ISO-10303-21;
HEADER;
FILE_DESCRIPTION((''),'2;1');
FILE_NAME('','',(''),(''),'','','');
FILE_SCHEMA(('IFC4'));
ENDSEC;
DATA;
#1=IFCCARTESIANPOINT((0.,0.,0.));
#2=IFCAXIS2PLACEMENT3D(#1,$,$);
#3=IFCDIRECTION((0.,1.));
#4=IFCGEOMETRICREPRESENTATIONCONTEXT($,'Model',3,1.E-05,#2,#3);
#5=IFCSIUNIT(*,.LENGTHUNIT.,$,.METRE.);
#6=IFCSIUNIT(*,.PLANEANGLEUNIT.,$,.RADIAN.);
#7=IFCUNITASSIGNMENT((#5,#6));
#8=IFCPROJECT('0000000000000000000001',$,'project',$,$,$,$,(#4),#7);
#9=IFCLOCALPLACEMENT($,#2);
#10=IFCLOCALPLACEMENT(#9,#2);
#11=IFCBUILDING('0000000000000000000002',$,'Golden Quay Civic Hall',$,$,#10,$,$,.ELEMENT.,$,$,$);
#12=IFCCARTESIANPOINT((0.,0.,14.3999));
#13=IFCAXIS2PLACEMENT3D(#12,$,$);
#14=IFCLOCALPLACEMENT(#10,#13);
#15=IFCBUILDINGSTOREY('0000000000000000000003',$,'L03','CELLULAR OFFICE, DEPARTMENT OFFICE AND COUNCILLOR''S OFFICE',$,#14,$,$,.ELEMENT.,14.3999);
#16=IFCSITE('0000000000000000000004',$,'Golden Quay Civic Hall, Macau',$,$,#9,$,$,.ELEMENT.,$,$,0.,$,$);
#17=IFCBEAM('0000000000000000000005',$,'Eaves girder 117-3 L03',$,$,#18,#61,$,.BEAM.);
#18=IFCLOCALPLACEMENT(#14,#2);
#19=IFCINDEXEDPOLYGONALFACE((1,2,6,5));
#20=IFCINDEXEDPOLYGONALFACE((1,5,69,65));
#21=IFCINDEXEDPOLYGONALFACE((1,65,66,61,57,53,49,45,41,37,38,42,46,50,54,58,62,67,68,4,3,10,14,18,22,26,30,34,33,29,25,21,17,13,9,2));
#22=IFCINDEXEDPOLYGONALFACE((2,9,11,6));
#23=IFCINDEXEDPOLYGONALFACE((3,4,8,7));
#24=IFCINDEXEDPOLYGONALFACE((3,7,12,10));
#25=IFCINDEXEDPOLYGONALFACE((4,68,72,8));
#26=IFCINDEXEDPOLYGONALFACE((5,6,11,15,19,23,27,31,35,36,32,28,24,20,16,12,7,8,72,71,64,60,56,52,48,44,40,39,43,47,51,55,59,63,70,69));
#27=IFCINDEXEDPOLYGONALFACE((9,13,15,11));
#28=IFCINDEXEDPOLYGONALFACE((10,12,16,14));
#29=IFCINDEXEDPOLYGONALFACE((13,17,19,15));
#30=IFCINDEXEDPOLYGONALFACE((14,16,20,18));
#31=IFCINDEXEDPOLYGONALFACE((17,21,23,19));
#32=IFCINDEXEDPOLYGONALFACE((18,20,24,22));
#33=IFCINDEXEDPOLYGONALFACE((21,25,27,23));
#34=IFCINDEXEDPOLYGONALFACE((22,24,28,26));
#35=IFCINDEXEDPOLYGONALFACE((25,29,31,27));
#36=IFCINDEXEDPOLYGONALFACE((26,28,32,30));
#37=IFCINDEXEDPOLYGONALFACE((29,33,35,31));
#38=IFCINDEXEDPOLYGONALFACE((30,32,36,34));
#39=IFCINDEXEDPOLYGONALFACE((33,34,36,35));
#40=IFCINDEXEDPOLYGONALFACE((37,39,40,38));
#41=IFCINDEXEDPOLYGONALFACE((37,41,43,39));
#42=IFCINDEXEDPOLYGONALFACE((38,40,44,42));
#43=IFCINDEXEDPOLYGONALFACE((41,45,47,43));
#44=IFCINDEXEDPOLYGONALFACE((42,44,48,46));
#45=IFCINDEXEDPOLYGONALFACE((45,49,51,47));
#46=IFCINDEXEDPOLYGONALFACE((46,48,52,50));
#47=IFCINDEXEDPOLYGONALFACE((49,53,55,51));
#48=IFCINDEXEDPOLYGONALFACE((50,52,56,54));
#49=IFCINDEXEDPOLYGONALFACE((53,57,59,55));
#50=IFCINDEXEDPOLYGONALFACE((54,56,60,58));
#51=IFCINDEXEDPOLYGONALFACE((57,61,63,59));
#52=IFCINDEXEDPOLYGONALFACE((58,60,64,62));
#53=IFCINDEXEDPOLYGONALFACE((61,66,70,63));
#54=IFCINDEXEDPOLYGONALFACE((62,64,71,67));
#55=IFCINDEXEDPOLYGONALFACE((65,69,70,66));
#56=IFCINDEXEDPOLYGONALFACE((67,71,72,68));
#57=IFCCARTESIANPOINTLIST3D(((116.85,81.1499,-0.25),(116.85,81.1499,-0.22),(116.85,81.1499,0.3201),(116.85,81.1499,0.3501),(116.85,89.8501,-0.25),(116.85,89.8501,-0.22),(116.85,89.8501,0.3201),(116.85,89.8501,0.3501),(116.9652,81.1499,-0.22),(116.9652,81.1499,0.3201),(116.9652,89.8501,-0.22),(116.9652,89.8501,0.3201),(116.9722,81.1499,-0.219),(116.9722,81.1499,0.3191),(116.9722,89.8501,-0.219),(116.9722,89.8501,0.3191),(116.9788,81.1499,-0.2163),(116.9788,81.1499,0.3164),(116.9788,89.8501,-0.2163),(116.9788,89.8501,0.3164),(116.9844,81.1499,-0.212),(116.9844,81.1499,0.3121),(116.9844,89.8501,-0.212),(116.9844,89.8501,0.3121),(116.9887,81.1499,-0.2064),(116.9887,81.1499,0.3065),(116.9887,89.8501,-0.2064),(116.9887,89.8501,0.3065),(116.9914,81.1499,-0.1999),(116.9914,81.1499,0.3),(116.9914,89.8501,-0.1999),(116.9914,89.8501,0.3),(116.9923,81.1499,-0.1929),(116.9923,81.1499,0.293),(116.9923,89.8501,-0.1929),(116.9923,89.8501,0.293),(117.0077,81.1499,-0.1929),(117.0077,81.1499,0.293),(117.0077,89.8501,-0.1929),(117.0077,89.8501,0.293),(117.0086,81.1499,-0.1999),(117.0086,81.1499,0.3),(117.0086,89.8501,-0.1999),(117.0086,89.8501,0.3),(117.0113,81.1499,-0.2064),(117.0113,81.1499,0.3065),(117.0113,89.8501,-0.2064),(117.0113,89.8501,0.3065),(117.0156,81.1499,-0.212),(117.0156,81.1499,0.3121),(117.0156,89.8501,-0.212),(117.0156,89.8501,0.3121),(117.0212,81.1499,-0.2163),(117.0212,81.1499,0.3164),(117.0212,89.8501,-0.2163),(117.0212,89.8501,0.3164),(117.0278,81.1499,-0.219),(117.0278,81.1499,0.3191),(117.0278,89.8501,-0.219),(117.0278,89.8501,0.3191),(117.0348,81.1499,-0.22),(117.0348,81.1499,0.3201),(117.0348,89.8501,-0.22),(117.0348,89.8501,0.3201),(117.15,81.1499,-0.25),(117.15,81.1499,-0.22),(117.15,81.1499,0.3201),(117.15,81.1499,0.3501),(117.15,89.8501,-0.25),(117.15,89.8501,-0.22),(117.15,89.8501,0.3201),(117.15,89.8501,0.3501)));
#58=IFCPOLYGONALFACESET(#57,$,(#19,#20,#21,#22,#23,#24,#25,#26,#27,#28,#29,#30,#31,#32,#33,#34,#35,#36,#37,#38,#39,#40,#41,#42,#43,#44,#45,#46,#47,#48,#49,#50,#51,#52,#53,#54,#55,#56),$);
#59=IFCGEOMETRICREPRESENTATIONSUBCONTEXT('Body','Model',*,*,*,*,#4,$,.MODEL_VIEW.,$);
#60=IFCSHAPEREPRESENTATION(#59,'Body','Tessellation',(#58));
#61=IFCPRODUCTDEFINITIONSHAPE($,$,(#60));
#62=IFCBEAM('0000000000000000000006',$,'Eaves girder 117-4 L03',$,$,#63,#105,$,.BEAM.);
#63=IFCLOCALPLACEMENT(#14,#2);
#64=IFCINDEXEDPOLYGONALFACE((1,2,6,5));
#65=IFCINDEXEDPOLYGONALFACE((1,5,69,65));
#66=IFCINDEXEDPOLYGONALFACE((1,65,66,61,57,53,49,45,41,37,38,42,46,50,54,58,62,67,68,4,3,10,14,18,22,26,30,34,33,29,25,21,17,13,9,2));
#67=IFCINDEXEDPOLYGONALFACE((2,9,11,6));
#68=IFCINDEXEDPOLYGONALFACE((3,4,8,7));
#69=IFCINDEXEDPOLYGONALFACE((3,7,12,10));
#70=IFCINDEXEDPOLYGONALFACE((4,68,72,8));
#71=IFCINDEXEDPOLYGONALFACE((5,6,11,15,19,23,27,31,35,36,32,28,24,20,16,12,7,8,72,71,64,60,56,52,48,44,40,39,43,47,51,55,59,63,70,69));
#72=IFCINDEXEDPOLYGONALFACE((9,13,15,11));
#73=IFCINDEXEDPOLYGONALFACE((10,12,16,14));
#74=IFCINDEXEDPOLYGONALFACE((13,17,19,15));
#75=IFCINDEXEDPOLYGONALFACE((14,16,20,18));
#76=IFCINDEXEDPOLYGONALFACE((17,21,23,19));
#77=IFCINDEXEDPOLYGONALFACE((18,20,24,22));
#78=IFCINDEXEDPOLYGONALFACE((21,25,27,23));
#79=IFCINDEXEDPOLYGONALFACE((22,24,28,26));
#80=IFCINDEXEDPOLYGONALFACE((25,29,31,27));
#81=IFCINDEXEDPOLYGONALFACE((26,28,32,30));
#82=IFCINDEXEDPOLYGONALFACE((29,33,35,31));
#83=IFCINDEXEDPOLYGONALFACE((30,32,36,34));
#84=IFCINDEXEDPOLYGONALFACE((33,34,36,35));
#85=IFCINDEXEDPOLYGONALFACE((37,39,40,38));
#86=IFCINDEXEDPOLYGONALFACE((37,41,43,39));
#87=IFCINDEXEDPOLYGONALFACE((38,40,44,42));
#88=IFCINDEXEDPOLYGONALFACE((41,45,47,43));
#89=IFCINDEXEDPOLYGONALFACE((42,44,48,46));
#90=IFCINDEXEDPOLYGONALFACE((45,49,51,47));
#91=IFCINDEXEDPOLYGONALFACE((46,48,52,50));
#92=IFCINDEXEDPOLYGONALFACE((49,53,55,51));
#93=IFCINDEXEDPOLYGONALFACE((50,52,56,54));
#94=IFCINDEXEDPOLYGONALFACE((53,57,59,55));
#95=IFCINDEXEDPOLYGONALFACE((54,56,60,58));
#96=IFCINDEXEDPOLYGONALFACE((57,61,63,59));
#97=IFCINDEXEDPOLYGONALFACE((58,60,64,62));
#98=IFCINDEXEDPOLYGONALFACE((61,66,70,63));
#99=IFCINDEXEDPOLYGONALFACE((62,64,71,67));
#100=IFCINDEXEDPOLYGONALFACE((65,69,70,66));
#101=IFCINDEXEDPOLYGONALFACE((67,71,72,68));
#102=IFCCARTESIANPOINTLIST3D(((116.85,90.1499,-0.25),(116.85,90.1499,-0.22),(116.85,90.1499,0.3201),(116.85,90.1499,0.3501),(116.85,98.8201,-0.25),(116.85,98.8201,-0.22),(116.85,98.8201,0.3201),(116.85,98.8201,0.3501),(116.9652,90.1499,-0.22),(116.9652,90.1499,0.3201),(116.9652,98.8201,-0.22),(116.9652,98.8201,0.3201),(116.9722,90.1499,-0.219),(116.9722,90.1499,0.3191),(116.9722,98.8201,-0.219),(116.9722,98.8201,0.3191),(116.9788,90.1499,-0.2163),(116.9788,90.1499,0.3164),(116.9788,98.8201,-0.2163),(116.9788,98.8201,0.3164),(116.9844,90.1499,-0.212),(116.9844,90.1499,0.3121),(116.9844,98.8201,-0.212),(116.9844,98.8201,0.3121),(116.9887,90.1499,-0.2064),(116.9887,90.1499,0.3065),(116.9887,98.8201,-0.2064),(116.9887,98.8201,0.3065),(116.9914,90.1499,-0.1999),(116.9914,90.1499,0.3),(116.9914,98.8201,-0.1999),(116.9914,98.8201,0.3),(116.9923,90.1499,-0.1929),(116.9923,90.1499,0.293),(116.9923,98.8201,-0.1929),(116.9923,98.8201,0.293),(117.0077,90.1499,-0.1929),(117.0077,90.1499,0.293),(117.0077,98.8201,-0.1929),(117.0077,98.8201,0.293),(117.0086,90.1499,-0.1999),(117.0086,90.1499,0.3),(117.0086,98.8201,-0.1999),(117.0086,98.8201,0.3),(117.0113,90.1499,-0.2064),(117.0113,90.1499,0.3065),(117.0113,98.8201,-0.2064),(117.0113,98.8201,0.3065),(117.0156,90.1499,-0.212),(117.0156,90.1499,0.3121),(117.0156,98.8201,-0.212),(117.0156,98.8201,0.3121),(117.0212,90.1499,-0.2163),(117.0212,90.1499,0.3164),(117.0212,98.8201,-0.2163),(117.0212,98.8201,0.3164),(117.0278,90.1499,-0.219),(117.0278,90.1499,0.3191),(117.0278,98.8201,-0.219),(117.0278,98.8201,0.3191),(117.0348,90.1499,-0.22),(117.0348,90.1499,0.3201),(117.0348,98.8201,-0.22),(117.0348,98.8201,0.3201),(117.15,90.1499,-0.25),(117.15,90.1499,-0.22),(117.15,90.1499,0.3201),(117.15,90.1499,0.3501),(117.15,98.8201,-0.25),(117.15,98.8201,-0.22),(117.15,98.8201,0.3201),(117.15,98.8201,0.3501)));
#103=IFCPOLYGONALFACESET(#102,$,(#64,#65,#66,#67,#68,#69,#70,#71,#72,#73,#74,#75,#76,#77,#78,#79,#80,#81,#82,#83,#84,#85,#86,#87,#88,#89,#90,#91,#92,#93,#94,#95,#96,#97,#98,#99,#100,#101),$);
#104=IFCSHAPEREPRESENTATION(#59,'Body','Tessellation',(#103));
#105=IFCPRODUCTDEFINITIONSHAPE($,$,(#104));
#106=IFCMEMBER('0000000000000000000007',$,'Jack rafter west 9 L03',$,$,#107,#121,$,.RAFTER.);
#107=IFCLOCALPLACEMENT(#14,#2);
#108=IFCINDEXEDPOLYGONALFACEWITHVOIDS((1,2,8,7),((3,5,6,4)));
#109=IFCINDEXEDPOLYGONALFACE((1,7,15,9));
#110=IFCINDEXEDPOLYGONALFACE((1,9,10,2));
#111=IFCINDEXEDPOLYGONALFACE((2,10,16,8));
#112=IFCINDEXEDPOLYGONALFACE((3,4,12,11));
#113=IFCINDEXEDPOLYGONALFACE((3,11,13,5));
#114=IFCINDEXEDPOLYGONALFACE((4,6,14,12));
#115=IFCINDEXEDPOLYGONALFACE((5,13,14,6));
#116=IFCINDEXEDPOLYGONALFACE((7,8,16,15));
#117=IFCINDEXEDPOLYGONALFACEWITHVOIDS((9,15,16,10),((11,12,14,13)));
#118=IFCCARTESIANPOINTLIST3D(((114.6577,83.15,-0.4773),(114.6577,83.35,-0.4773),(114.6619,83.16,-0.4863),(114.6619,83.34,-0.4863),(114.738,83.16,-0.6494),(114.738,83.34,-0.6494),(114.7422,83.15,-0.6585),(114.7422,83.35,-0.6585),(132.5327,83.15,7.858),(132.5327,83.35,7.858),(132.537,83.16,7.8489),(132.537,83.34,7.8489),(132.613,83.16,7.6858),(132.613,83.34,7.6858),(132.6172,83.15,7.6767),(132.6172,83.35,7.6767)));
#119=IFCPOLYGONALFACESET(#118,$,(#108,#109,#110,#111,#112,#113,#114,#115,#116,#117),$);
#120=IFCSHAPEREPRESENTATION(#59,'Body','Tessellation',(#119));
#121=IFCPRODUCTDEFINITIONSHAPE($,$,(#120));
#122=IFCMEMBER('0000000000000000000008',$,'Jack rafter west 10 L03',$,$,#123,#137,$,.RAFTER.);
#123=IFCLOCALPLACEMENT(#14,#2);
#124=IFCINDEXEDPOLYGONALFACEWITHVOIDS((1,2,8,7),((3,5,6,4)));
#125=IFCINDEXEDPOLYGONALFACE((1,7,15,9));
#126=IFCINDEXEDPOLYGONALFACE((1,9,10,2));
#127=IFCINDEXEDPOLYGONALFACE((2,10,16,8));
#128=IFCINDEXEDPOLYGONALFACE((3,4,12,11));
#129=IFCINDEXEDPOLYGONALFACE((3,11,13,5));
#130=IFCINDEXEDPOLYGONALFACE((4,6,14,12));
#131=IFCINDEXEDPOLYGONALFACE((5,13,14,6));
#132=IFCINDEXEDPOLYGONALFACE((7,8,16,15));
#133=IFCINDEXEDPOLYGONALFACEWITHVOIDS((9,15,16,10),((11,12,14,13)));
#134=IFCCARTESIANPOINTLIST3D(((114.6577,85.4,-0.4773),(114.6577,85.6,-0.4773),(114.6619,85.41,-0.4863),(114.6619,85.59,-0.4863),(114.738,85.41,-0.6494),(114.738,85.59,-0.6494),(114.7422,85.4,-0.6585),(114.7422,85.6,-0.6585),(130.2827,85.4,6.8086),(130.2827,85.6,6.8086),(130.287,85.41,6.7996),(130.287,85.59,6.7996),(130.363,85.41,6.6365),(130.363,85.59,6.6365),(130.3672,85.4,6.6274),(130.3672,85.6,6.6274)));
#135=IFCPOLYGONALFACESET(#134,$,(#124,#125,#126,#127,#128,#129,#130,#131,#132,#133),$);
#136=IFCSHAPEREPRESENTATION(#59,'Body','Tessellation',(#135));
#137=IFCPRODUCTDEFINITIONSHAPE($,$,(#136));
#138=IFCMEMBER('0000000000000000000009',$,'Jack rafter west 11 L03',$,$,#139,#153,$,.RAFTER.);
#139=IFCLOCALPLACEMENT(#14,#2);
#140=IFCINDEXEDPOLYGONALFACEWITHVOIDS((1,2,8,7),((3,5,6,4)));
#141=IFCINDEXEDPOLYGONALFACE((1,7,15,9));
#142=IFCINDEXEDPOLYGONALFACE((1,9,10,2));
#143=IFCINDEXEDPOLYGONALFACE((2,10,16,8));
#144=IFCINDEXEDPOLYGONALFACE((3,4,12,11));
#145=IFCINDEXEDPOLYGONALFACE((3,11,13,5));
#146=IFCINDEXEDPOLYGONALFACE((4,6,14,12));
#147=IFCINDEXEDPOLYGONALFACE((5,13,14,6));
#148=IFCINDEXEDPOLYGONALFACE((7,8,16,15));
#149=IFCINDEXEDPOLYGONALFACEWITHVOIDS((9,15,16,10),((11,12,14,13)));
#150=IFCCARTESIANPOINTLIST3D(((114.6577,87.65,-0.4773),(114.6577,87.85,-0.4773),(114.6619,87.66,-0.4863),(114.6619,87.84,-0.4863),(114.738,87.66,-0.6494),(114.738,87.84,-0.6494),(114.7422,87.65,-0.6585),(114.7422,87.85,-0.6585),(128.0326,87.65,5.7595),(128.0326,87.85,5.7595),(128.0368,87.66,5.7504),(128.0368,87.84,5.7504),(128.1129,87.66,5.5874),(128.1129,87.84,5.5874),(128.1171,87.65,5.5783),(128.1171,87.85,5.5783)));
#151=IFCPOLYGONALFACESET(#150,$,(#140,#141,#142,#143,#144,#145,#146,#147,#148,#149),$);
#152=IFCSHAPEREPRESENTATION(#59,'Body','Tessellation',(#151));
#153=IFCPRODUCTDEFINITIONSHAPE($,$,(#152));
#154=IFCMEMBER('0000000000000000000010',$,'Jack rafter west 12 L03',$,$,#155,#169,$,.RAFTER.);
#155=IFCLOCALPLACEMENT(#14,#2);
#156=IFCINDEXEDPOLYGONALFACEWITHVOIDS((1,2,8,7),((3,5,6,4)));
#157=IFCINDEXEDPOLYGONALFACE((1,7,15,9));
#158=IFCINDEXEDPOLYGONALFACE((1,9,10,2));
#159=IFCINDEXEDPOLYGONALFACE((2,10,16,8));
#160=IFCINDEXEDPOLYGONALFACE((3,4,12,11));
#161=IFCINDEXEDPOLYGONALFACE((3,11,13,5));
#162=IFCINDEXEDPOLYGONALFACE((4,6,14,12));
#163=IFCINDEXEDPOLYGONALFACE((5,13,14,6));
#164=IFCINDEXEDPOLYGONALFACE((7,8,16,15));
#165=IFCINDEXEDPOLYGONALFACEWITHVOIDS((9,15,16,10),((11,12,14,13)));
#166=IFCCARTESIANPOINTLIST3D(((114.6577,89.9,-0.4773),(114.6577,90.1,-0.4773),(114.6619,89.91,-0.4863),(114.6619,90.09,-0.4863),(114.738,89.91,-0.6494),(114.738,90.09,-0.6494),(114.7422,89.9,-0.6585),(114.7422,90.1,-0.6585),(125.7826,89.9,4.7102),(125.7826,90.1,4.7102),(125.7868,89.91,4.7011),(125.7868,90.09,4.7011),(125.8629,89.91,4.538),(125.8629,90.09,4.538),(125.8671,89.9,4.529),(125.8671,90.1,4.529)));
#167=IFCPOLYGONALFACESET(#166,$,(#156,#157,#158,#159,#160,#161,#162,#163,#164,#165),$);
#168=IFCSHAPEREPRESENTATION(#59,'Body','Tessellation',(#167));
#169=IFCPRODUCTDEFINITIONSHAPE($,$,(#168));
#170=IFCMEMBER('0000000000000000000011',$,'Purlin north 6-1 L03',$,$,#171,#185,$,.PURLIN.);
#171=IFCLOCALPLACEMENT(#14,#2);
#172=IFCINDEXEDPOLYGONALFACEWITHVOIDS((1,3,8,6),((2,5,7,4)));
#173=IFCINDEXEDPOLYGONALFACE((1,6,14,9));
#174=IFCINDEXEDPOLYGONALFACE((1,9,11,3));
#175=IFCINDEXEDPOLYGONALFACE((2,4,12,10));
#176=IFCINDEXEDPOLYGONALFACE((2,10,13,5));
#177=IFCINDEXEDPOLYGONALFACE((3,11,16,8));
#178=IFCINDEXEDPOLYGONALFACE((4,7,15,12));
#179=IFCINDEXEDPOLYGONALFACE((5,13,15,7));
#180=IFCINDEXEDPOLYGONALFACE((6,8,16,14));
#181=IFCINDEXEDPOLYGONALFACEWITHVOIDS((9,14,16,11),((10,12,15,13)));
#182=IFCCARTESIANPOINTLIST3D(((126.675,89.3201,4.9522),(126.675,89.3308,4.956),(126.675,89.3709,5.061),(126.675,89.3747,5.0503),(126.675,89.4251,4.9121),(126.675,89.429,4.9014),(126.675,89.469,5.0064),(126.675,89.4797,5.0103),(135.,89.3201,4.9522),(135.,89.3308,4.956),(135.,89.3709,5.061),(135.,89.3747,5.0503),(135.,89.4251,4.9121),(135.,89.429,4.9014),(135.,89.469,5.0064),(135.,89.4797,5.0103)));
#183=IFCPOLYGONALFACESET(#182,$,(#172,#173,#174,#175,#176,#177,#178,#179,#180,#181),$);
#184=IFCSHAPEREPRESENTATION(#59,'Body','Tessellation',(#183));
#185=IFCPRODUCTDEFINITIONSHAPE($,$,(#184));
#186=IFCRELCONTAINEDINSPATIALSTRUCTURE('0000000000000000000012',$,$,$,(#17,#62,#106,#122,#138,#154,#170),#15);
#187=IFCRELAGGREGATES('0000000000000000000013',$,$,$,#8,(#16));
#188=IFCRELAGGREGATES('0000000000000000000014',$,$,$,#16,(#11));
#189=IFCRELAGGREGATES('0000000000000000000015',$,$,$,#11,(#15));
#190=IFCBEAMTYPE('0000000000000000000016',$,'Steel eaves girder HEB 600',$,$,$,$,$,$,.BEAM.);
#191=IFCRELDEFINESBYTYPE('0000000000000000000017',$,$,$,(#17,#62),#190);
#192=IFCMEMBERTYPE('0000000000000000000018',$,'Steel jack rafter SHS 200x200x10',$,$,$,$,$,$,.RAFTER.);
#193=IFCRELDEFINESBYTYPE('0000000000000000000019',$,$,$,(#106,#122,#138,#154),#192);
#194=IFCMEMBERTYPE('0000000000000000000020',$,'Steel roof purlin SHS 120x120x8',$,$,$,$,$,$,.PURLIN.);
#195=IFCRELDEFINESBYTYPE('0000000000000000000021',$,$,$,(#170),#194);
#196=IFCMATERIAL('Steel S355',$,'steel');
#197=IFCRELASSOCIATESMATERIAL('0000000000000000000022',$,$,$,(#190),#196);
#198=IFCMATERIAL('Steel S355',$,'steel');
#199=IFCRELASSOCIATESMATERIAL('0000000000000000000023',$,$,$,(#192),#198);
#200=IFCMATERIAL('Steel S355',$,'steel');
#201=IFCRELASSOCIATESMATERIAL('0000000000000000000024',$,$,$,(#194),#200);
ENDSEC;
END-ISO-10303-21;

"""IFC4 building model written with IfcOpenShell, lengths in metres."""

from ifc_helpers import new_model, si_unit, direction, frame, origin, origin_2d, place, context, subcontext, project, spatial, hollow_rectangle, i_section, extrude, material, material_profile, profile_set, type_object, element, save


model = new_model("IFC4")

# Units and contexts
model_context = context("Model", 3, precision=1e-05, world=origin(), true_north=direction((0.0, 1.0)))
body_context = subcontext(model_context, "Body", "Model", "MODEL_VIEW")
ifc_project = project(units=[si_unit("LENGTHUNIT", "METRE"), si_unit("PLANEANGLEUNIT", "RADIAN")], contexts=[model_context])

# Site, building, storey
site_placement = place(None, origin())
site = spatial("IfcSite", under=ifc_project, at=site_placement, Name="Golden Quay Civic Hall, Macau", CompositionType="ELEMENT", RefElevation=0.0)
building_placement = place(site_placement, origin())
building = spatial("IfcBuilding", under=site, at=building_placement, Name="Golden Quay Civic Hall", CompositionType="ELEMENT")
storey_placement = place(building_placement, frame((0.0, 0.0, 14.3999)))
storey = spatial("IfcBuildingStorey", under=building, at=storey_placement, Name="L03", Description="CELLULAR OFFICE, DEPARTMENT OFFICE AND COUNCILLOR'S OFFICE", CompositionType="ELEMENT", Elevation=14.3999)

# Beams
ifc_material_1 = material(Name="Steel S355", Category="steel")
ifc_material_profile_1 = material_profile(ifc_material_1, i_section(OverallWidth=0.3, OverallDepth=0.6001, WebThickness=0.0154, FlangeThickness=0.03, FilletRadius=0.0271, at=origin_2d()), Name="HEB 600")
ifc_profile_set_1 = profile_set([ifc_material_profile_1], Name="Steel S355")
beam_type = type_object("IfcBeamType", Name="Steel eaves girder HEB 600", PredefinedType="BEAM", material=ifc_profile_set_1)
beam_1_placement = place(storey_placement, frame((117.0, 81.1499, 0.05), z_axis=(0.0, 1.0, 0.0), x_axis=(-1.0, 0.0, 0.0)))
element("IfcBeam", 1, at=beam_1_placement, inside=storey, type_object=beam_type, Name="Eaves girder 117-3 L03", PredefinedType="BEAM", context=body_context, shape_type="SweptSolid", body=[
    extrude(i_section(OverallWidth=0.3, OverallDepth=0.6001, WebThickness=0.0154, FlangeThickness=0.03, FilletRadius=0.0271, at=origin_2d()), origin(), (0.0, 0.0, 1.0), 8.7002),
])
beam_2_placement = place(storey_placement, frame((117.0, 90.1499, 0.05), z_axis=(0.0, 1.0, 0.0), x_axis=(-1.0, 0.0, 0.0)))
element("IfcBeam", 2, at=beam_2_placement, inside=storey, type_object=beam_type, Name="Eaves girder 117-4 L03", PredefinedType="BEAM", context=body_context, shape_type="SweptSolid", body=[
    extrude(i_section(OverallWidth=0.3, OverallDepth=0.6001, WebThickness=0.0154, FlangeThickness=0.03, FilletRadius=0.0271, at=origin_2d()), origin(), (0.0, 0.0, 1.0), 8.6702),
])

# Members
ifc_material_2 = material(Name="Steel S355", Category="steel")
ifc_material_profile_2 = material_profile(ifc_material_2, hollow_rectangle(XDim=0.2, YDim=0.2, WallThickness=0.01, at=origin_2d()), Name="SHS 200x200x10")
ifc_profile_set_2 = profile_set([ifc_material_profile_2], Name="Steel S355")
member_type_1 = type_object("IfcMemberType", Name="Steel jack rafter SHS 200x200x10", PredefinedType="RAFTER", material=ifc_profile_set_2)
member_1_placement = place(storey_placement, frame((114.7, 83.25, -0.5679), z_axis=(0.906309, 0.0, 0.422616), x_axis=(0.0, 1.0, 0.0)))
element("IfcMember", 3, at=member_1_placement, inside=storey, type_object=member_type_1, Name="Jack rafter west 9 L03", PredefinedType="RAFTER", context=body_context, shape_type="SweptSolid", body=[
    extrude(hollow_rectangle(XDim=0.2, YDim=0.2, WallThickness=0.01, at=origin_2d()), origin(), (0.0, 0.0, 1.0), 19.7229),
])
member_2_placement = place(storey_placement, frame((114.7, 85.5, -0.5679), z_axis=(0.906312, 0.0, 0.42261), x_axis=(0.0, 1.0, 0.0)))
element("IfcMember", 4, at=member_2_placement, inside=storey, type_object=member_type_1, Name="Jack rafter west 10 L03", PredefinedType="RAFTER", context=body_context, shape_type="SweptSolid", body=[
    extrude(hollow_rectangle(XDim=0.2, YDim=0.2, WallThickness=0.01, at=origin_2d()), origin(), (0.0, 0.0, 1.0), 17.2402),
])
member_3_placement = place(storey_placement, frame((114.7, 87.75, -0.5679), z_axis=(0.906309, 0.0, 0.422616), x_axis=(0.0, 1.0, 0.0)))
element("IfcMember", 5, at=member_3_placement, inside=storey, type_object=member_type_1, Name="Jack rafter west 11 L03", PredefinedType="RAFTER", context=body_context, shape_type="SweptSolid", body=[
    extrude(hollow_rectangle(XDim=0.2, YDim=0.2, WallThickness=0.01, at=origin_2d()), origin(), (0.0, 0.0, 1.0), 14.7576),
])
member_4_placement = place(storey_placement, frame((114.7, 90.0, -0.5679), z_axis=(0.906313, 0.0, 0.422607), x_axis=(0.0, 1.0, 0.0)))
element("IfcMember", 6, at=member_4_placement, inside=storey, type_object=member_type_1, Name="Jack rafter west 12 L03", PredefinedType="RAFTER", context=body_context, shape_type="SweptSolid", body=[
    extrude(hollow_rectangle(XDim=0.2, YDim=0.2, WallThickness=0.01, at=origin_2d()), origin(), (0.0, 0.0, 1.0), 12.2749),
])
ifc_material_3 = material(Name="Steel S355", Category="steel")
ifc_material_profile_3 = material_profile(ifc_material_3, hollow_rectangle(XDim=0.1201, YDim=0.1201, WallThickness=0.0081, at=origin_2d()), Name="SHS 120x120x8")
ifc_profile_set_3 = profile_set([ifc_material_profile_3], Name="Steel S355")
member_type_2 = type_object("IfcMemberType", Name="Steel roof purlin SHS 120x120x8", PredefinedType="PURLIN", material=ifc_profile_set_3)
member_5_placement = place(storey_placement, frame((126.675, 89.3999, 4.9812), z_axis=(1.0, 0.0, 0.0), x_axis=(0.0, 0.906308, -0.422618)))
element("IfcMember", 7, at=member_5_placement, inside=storey, type_object=member_type_2, Name="Purlin north 6-1 L03", PredefinedType="PURLIN", context=body_context, shape_type="SweptSolid", body=[
    extrude(hollow_rectangle(XDim=0.1201, YDim=0.1201, WallThickness=0.0081, at=origin_2d()), origin(), (0.0, 0.0, 1.0), 8.325),
])

save(model, "model.ifc")
